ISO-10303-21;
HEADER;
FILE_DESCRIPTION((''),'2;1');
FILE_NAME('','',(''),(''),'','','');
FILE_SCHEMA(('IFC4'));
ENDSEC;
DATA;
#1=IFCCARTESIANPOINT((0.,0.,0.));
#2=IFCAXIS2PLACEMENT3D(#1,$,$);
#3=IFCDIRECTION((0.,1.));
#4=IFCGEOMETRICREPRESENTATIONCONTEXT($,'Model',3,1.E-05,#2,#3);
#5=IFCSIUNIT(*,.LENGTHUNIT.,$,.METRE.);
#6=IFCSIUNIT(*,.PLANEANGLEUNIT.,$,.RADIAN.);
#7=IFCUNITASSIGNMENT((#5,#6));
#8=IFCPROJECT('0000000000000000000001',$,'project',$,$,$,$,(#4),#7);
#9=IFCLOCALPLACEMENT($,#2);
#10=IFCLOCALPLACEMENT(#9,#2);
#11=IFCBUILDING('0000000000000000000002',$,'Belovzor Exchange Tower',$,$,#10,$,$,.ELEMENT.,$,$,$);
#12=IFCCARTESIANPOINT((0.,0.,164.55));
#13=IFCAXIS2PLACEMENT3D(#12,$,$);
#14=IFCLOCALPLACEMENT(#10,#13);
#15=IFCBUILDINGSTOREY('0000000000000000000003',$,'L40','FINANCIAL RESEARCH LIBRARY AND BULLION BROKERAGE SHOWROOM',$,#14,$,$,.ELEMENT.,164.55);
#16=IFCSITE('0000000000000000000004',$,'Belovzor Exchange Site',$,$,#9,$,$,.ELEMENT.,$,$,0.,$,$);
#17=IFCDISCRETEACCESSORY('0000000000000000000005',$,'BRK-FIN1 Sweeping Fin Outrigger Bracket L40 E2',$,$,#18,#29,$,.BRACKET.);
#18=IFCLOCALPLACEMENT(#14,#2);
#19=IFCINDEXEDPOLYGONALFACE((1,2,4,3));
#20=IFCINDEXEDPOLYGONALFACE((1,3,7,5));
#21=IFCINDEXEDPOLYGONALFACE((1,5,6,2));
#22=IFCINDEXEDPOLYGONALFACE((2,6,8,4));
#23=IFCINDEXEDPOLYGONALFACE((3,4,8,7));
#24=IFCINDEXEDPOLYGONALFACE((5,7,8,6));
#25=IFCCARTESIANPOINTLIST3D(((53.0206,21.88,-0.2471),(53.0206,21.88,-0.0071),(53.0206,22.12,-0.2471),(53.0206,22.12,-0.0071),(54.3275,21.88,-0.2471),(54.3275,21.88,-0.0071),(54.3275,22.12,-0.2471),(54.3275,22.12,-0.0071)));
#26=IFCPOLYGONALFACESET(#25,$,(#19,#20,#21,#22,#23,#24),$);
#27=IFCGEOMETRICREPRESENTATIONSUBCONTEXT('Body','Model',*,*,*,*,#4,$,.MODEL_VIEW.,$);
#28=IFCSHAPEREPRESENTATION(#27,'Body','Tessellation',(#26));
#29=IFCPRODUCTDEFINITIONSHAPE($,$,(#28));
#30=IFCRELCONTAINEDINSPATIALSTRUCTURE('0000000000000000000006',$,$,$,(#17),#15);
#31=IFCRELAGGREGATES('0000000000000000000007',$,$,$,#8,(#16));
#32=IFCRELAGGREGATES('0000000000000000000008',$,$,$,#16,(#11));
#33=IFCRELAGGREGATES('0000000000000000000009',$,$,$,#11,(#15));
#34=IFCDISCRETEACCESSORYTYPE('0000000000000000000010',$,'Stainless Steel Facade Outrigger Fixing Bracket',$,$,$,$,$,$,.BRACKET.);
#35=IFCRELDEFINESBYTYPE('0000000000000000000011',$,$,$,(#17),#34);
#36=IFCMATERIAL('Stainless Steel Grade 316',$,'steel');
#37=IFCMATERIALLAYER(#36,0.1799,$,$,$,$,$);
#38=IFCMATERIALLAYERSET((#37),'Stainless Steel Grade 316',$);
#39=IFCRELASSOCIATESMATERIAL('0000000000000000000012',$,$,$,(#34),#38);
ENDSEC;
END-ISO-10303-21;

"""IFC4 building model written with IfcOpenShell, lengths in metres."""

from ifc_helpers import new_model, si_unit, direction, frame, origin, origin_2d, place, context, subcontext, project, spatial, rectangle, extrude, material, layer, layer_set, type_object, element, save


model = new_model("IFC4")

# Units and contexts
model_context = context("Model", 3, precision=1e-05, world=origin(), true_north=direction((0.0, 1.0)))
body_context = subcontext(model_context, "Body", "Model", "MODEL_VIEW")
ifc_project = project(units=[si_unit("LENGTHUNIT", "METRE"), si_unit("PLANEANGLEUNIT", "RADIAN")], contexts=[model_context])

# Site, building, storey
site_placement = place(None, origin())
site = spatial("IfcSite", under=ifc_project, at=site_placement, Name="Belovzor Exchange Site", CompositionType="ELEMENT", RefElevation=0.0)
building_placement = place(site_placement, origin())
building = spatial("IfcBuilding", under=site, at=building_placement, Name="Belovzor Exchange Tower", CompositionType="ELEMENT")
storey_placement = place(building_placement, frame((0.0, 0.0, 164.55)))
storey = spatial("IfcBuildingStorey", under=building, at=storey_placement, Name="L40", Description="FINANCIAL RESEARCH LIBRARY AND BULLION BROKERAGE SHOWROOM", CompositionType="ELEMENT", Elevation=164.55)

# Discrete accessory
ifc_material_1 = material(Name="Stainless Steel Grade 316", Category="steel")
ifc_layer_1 = layer(ifc_material_1, 0.1799)
ifc_layer_set_1 = layer_set([ifc_layer_1], Name="Stainless Steel Grade 316")
discrete_accessory_type = type_object("IfcDiscreteAccessoryType", Name="Stainless Steel Facade Outrigger Fixing Bracket", PredefinedType="BRACKET", material=ifc_layer_set_1)
discrete_accessory_placement = place(storey_placement, frame((53.6741, 22.0, -0.2471), z_axis=(0.0, 0.0, 1.0), x_axis=(1.0, 0.0, 0.0)))
element("IfcDiscreteAccessory", 1, at=discrete_accessory_placement, inside=storey, type_object=discrete_accessory_type, Name="BRK-FIN1 Sweeping Fin Outrigger Bracket L40 E2", PredefinedType="BRACKET", context=body_context, shape_type="SweptSolid", body=[
    extrude(rectangle(XDim=1.3069, YDim=0.24, at=origin_2d()), origin(), (0.0, 0.0, 1.0), 0.24),
])

save(model, "model.ifc")
